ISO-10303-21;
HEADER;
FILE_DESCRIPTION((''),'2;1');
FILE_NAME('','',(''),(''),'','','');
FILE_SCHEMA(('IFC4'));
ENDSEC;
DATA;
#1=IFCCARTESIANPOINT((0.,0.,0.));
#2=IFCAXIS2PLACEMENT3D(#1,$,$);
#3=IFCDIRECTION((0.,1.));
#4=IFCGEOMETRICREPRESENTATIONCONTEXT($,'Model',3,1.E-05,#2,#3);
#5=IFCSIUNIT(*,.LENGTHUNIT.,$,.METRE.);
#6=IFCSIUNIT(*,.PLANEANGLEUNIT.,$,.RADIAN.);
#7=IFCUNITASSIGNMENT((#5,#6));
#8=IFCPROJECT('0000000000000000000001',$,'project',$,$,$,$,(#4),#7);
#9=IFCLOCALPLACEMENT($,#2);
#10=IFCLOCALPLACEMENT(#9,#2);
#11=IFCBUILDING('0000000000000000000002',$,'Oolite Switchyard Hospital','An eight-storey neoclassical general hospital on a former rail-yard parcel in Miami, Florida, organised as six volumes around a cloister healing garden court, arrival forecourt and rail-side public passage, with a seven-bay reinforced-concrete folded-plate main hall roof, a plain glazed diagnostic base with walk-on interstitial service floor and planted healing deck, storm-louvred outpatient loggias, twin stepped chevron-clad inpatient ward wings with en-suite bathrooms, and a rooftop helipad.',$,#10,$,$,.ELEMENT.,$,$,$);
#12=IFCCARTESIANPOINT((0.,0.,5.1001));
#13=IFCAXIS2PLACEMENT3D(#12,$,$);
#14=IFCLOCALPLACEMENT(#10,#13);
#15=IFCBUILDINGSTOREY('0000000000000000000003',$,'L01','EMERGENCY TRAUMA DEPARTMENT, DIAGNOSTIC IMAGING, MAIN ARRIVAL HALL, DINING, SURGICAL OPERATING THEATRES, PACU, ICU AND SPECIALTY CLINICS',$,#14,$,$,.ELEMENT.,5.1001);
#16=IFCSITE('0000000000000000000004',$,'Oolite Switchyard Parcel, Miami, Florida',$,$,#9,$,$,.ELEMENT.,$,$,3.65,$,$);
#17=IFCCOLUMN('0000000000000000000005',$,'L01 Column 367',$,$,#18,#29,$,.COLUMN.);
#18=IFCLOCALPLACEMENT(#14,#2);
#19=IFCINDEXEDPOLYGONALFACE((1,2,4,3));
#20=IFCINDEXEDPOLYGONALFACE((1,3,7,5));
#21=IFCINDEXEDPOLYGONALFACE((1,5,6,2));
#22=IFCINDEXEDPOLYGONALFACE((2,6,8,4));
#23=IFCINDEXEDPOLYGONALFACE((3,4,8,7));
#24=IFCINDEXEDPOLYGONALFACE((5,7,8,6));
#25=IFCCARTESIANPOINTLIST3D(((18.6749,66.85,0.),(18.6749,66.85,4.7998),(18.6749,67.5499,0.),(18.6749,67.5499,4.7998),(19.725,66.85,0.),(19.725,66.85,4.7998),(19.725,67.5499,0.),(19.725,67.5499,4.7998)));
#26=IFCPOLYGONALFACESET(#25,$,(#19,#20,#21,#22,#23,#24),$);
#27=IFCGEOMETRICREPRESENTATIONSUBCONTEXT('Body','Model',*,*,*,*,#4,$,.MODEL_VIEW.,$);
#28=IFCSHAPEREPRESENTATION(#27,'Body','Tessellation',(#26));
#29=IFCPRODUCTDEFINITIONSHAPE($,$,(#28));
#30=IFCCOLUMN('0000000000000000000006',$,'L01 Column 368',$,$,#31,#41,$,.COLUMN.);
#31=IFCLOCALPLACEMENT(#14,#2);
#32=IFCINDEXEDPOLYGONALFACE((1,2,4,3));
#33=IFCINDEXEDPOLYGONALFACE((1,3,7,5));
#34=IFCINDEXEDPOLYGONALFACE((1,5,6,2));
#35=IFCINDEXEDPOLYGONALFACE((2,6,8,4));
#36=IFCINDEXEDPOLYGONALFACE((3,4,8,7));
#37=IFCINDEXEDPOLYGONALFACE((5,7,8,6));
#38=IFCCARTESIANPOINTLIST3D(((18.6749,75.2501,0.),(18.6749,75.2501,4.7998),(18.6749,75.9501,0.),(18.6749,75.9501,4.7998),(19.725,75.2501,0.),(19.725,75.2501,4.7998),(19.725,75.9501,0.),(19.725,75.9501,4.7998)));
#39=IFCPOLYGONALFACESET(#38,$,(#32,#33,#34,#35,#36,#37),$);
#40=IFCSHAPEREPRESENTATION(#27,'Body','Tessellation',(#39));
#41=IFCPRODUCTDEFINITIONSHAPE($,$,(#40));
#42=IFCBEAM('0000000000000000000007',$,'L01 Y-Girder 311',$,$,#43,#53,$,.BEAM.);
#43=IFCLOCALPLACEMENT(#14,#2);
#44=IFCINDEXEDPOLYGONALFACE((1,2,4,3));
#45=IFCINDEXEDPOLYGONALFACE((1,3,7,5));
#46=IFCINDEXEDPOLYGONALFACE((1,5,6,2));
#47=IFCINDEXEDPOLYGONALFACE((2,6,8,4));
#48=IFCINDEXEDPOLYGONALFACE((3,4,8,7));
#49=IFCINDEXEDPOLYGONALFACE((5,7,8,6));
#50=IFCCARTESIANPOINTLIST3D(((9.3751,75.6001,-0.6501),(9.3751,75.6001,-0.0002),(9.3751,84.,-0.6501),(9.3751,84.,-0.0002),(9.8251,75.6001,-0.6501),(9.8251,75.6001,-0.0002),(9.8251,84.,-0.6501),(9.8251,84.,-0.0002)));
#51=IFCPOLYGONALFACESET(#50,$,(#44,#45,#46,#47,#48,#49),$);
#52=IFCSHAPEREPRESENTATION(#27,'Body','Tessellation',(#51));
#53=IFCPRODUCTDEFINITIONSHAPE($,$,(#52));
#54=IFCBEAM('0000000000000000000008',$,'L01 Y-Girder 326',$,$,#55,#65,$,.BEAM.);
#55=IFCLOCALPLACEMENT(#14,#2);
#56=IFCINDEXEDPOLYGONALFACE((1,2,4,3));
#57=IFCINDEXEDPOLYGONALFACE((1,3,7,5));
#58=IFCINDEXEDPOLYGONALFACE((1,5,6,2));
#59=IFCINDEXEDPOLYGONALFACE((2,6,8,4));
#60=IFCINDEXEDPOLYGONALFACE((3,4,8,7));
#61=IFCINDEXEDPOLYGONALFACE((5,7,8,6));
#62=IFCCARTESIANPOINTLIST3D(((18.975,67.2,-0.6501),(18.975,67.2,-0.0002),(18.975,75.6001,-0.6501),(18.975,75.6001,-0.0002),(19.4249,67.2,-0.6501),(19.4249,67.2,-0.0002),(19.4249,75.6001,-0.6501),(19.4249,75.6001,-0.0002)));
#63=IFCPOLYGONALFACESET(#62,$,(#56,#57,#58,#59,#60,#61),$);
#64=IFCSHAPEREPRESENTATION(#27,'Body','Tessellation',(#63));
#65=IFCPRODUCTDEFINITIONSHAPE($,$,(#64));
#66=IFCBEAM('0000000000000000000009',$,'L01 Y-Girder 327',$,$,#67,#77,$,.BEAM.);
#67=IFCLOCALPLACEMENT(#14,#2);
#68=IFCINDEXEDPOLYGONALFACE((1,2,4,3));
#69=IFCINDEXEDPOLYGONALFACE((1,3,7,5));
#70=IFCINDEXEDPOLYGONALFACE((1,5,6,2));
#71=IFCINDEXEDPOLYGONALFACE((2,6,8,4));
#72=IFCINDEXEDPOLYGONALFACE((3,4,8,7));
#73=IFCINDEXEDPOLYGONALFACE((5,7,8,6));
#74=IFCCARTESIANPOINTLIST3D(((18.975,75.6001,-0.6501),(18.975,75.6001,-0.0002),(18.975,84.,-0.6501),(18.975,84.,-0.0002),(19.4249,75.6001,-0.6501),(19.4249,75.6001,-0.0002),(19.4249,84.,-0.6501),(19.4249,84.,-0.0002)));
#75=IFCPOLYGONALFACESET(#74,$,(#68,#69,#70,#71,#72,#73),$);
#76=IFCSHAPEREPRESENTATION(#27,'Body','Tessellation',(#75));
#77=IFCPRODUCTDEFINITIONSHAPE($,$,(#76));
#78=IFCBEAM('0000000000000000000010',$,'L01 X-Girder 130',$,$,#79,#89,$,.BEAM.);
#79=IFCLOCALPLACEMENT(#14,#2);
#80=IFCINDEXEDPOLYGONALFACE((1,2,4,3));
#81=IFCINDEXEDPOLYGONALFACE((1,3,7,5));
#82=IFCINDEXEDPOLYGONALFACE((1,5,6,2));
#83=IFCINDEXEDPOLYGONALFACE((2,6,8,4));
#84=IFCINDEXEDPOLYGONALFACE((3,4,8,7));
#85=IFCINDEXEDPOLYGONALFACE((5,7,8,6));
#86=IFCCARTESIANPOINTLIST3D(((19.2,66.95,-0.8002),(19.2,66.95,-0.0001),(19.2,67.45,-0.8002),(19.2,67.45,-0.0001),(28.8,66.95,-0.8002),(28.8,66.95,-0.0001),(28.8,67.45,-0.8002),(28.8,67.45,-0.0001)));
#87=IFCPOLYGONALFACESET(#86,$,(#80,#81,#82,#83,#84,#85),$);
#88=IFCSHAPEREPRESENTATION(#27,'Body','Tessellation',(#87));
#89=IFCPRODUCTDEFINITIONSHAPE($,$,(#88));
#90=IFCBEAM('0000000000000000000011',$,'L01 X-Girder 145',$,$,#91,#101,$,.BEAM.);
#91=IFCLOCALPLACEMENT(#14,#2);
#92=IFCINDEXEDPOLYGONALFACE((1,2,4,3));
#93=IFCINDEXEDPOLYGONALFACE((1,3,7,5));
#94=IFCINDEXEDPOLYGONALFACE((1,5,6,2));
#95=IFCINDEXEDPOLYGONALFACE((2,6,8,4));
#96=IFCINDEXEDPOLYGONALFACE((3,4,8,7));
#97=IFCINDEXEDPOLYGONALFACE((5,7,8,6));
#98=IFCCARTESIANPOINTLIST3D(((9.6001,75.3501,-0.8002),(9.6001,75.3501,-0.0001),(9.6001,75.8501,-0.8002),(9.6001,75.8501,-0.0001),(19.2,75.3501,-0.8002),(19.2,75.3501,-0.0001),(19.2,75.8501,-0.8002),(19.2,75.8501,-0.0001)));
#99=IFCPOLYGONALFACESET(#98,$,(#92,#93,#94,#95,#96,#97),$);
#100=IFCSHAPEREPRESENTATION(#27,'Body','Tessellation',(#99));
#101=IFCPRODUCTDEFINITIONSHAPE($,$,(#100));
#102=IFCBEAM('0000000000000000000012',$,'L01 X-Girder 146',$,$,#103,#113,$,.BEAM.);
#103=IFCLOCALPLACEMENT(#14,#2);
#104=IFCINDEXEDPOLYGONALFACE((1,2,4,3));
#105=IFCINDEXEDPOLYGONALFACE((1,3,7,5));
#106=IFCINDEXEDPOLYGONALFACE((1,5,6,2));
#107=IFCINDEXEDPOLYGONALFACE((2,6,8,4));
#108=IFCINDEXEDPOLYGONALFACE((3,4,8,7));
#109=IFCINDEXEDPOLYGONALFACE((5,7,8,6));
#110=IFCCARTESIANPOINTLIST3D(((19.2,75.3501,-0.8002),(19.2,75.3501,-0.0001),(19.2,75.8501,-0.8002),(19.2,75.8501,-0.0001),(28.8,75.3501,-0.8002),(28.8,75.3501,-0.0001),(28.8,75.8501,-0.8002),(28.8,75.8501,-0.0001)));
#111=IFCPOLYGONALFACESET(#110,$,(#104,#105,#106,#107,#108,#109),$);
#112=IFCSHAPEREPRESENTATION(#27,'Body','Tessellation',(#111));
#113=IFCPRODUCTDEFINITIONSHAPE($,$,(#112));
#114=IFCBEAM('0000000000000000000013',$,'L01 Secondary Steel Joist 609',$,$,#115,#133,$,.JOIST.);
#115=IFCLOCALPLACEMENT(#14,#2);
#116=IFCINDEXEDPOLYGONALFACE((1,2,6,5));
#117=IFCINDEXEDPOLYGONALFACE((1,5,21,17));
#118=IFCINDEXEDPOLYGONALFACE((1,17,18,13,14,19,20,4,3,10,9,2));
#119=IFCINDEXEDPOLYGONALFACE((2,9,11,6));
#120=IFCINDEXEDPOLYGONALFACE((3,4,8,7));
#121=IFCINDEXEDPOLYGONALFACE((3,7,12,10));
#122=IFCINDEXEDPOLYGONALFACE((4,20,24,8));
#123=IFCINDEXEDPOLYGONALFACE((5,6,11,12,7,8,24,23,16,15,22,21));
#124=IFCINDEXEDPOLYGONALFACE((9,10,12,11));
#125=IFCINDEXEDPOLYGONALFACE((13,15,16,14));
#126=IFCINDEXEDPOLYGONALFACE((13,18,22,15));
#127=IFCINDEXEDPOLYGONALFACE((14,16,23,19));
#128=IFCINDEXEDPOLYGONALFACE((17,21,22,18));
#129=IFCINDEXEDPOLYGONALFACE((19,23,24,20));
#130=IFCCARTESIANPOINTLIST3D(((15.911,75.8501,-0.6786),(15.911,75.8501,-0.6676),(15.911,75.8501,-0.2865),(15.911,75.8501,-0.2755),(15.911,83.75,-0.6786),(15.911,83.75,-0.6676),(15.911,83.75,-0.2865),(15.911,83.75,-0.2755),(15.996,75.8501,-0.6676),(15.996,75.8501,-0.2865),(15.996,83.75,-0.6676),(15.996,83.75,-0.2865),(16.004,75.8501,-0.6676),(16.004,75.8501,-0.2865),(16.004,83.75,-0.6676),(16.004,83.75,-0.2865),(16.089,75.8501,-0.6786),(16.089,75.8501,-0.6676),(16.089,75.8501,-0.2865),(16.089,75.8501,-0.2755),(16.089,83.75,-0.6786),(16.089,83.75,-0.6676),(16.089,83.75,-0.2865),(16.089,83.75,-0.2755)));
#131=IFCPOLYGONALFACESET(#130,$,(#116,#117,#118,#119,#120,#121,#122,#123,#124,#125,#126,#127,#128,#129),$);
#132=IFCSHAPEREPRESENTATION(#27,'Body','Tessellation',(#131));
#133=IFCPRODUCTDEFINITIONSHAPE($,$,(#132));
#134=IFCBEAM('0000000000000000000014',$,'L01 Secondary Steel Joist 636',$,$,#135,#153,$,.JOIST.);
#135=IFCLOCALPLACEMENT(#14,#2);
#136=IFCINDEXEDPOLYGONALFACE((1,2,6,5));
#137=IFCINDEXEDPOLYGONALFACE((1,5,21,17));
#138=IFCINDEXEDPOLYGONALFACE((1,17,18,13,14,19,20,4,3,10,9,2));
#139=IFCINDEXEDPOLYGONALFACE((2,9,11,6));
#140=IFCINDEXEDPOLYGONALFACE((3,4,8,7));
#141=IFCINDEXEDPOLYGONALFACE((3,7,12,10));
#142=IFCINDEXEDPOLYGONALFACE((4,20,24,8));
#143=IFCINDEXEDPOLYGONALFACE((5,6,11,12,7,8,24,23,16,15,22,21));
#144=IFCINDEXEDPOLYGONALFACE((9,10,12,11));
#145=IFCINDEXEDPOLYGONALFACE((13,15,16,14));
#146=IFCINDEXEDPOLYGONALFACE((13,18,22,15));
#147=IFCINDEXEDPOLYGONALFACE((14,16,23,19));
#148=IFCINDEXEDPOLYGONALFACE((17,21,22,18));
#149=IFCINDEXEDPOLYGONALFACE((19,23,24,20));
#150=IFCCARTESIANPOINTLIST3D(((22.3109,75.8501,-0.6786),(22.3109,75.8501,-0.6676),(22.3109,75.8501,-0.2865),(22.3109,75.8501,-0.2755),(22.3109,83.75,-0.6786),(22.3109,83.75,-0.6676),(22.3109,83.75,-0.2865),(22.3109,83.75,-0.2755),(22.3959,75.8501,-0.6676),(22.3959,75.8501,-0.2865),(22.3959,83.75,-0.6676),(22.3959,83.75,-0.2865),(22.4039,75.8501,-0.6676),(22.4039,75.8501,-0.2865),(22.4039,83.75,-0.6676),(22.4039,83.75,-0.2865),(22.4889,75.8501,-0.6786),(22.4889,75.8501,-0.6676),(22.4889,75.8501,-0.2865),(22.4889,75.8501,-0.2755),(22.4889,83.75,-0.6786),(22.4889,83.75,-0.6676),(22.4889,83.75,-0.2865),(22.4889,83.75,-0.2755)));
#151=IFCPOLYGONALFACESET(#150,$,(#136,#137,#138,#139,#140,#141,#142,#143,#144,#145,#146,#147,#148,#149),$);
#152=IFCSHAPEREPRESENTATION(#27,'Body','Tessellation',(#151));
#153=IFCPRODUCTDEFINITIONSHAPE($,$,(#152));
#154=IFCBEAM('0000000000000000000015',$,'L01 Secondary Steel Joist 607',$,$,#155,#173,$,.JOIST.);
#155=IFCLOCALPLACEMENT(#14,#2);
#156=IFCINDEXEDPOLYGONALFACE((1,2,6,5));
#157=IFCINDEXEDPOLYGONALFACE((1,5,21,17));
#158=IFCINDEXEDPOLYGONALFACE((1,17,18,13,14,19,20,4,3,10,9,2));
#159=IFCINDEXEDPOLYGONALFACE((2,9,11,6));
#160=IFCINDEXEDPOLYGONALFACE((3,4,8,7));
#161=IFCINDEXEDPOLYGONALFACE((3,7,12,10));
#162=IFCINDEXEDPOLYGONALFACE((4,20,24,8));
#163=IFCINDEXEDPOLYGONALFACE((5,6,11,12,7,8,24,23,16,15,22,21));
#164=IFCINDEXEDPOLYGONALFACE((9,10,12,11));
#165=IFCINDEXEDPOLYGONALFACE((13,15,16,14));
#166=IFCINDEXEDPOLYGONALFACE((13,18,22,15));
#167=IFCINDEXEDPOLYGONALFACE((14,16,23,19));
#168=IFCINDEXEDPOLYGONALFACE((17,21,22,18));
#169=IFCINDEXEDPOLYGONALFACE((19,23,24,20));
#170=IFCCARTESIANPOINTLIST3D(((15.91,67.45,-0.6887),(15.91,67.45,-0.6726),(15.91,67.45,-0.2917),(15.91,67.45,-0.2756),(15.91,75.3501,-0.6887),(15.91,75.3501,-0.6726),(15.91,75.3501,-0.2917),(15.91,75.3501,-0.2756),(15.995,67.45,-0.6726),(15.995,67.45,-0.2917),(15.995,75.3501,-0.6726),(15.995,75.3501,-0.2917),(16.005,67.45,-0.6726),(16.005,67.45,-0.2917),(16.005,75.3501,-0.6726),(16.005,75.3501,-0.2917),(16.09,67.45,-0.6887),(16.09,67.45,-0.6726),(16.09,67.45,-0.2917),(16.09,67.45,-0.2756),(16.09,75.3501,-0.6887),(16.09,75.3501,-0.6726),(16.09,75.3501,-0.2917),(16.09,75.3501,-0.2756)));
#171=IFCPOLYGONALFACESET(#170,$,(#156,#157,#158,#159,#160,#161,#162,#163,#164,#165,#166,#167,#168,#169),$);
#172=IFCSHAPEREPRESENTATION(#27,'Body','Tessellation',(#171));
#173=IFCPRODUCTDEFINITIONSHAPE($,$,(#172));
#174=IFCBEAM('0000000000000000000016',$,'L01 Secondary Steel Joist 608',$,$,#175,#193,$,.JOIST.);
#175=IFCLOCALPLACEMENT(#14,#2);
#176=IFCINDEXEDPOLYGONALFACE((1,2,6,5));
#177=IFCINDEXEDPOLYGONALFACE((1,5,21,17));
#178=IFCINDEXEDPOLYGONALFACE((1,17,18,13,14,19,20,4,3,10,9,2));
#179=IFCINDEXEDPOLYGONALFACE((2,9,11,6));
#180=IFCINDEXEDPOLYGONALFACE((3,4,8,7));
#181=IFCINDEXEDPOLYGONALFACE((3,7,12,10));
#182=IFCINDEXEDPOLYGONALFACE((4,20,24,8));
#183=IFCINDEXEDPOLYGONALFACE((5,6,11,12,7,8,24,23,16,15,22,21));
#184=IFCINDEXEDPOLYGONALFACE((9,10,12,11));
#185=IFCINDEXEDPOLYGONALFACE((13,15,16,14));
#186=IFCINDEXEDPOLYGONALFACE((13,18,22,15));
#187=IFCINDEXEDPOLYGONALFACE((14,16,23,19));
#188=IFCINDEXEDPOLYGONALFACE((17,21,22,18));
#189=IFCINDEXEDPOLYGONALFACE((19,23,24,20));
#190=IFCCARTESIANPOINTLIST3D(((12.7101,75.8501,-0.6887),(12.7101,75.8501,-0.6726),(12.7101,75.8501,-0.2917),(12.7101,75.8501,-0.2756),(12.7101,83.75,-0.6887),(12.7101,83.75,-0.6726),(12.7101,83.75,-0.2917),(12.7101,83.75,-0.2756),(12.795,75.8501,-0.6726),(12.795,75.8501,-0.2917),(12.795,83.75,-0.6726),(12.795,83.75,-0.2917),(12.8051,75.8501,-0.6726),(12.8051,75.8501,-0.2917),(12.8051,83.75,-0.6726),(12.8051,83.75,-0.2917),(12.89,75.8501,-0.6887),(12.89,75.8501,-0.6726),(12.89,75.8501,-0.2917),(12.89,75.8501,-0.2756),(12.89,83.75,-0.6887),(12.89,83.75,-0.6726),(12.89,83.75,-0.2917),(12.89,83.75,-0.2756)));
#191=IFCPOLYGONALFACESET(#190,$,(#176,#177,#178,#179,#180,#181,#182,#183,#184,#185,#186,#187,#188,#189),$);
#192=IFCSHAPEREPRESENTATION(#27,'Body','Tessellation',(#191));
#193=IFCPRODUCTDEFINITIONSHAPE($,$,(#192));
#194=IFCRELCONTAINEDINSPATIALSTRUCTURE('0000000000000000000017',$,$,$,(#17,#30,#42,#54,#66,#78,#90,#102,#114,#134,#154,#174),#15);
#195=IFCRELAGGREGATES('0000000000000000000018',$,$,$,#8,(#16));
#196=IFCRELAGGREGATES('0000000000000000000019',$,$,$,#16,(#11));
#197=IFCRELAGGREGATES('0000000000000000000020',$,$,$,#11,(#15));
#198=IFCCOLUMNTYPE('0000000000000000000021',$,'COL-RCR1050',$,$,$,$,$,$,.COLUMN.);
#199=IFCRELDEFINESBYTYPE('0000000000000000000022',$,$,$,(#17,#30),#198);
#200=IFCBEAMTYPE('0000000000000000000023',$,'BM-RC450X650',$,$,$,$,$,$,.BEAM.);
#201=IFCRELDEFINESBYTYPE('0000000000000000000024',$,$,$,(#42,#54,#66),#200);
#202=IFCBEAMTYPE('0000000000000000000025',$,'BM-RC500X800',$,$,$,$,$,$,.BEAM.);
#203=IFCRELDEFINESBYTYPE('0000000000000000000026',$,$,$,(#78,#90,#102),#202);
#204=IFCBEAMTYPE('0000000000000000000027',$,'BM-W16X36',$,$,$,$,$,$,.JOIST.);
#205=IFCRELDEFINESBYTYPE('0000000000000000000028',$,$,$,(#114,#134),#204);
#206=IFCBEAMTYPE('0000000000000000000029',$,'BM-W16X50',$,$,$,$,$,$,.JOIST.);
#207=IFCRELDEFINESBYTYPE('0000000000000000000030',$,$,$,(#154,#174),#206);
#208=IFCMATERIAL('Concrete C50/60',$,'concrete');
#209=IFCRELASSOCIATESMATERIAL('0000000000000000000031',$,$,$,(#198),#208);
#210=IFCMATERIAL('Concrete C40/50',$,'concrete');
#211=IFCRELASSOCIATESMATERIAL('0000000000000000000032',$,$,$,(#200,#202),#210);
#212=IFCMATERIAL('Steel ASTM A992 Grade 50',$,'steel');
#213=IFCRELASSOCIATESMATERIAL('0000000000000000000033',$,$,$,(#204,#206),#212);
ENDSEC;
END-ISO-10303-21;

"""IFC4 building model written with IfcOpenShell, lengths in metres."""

from ifc_helpers import new_model, si_unit, direction, frame, origin, origin_2d, place, context, subcontext, project, spatial, rectangle, i_section, extrude, material, material_profile, profile_set, type_object, element, save


model = new_model("IFC4")

# Units and contexts
model_context = context("Model", 3, precision=1e-05, world=origin(), true_north=direction((0.0, 1.0)))
body_context = subcontext(model_context, "Body", "Model", "MODEL_VIEW")
ifc_project = project(units=[si_unit("LENGTHUNIT", "METRE"), si_unit("PLANEANGLEUNIT", "RADIAN")], contexts=[model_context])

# Site, building, storey
site_placement = place(None, origin())
site = spatial("IfcSite", under=ifc_project, at=site_placement, Name="Oolite Switchyard Parcel, Miami, Florida", CompositionType="ELEMENT", RefElevation=3.65)
building_placement = place(site_placement, origin())
building = spatial("IfcBuilding", under=site, at=building_placement, Name="Oolite Switchyard Hospital", Description="An eight-storey neoclassical general hospital on a former rail-yard parcel in Miami, Florida, organised as six volumes around a cloister healing garden court, arrival forecourt and rail-side public passage, with a seven-bay reinforced-concrete folded-plate main hall roof, a plain glazed diagnostic base with walk-on interstitial service floor and planted healing deck, storm-louvred outpatient loggias, twin stepped chevron-clad inpatient ward wings with en-suite bathrooms, and a rooftop helipad.", CompositionType="ELEMENT")
storey_placement = place(building_placement, frame((0.0, 0.0, 5.1001)))
storey = spatial("IfcBuildingStorey", under=building, at=storey_placement, Name="L01", Description="EMERGENCY TRAUMA DEPARTMENT, DIAGNOSTIC IMAGING, MAIN ARRIVAL HALL, DINING, SURGICAL OPERATING THEATRES, PACU, ICU AND SPECIALTY CLINICS", CompositionType="ELEMENT", Elevation=5.1001)

# Columns
ifc_material_1 = material(Name="Concrete C50/60", Category="concrete")
ifc_material_profile_1 = material_profile(ifc_material_1, rectangle(XDim=1.05, YDim=0.7, at=origin_2d()), Name="RC1050X700")
ifc_profile_set_1 = profile_set([ifc_material_profile_1], Name="Concrete C50/60")
column_type = type_object("IfcColumnType", Name="COL-RCR1050", PredefinedType="COLUMN", material=ifc_profile_set_1)
for number, where, z_axis, x_axis, name in (
    (1, (19.2, 67.2, 0.0), (0.0, 0.0, 1.0), (1.0, 0.0, 0.0), "L01 Column 367"),
    (2, (19.2, 75.6001, 0.0), (0.0, 0.0, 1.0), (1.0, 0.0, 0.0), "L01 Column 368"),
):
    element("IfcColumn", number, at=place(storey_placement, frame(where, z_axis=z_axis, x_axis=x_axis)), inside=storey, type_object=column_type, Name=name, PredefinedType="COLUMN", context=body_context, shape_type="SweptSolid", body=[
        extrude(rectangle(XDim=1.05, YDim=0.7, at=origin_2d()), origin(), (0.0, 0.0, 1.0), 4.7998),
    ])

# Beams
ifc_material_2 = material(Name="Concrete C40/50", Category="concrete")
ifc_material_profile_2 = material_profile(ifc_material_2, rectangle(XDim=0.45, YDim=0.6499, at=origin_2d()), Name="RCB450X650")
ifc_profile_set_2 = profile_set([ifc_material_profile_2], Name="Concrete C40/50")
beam_type_1 = type_object("IfcBeamType", Name="BM-RC450X650", PredefinedType="BEAM", material=ifc_profile_set_2)
beam_1_placement = place(storey_placement, frame((9.6001, 75.6001, -0.3252), z_axis=(0.0, 1.0, 0.0), x_axis=(-1.0, 0.0, 0.0)))
element("IfcBeam", 3, at=beam_1_placement, inside=storey, type_object=beam_type_1, Name="L01 Y-Girder 311", PredefinedType="BEAM", context=body_context, shape_type="SweptSolid", body=[
    extrude(rectangle(XDim=0.45, YDim=0.6499, at=origin_2d()), origin(), (0.0, 0.0, 1.0), 8.3999),
])
beam_2_placement = place(storey_placement, frame((19.2, 67.2, -0.3252), z_axis=(0.0, 1.0, 0.0), x_axis=(-1.0, 0.0, 0.0)))
element("IfcBeam", 4, at=beam_2_placement, inside=storey, type_object=beam_type_1, Name="L01 Y-Girder 326", PredefinedType="BEAM", context=body_context, shape_type="SweptSolid", body=[
    extrude(rectangle(XDim=0.45, YDim=0.6499, at=origin_2d()), origin(), (0.0, 0.0, 1.0), 8.4001),
])
beam_3_placement = place(storey_placement, frame((19.2, 75.6001, -0.3252), z_axis=(0.0, 1.0, 0.0), x_axis=(-1.0, 0.0, 0.0)))
element("IfcBeam", 5, at=beam_3_placement, inside=storey, type_object=beam_type_1, Name="L01 Y-Girder 327", PredefinedType="BEAM", context=body_context, shape_type="SweptSolid", body=[
    extrude(rectangle(XDim=0.45, YDim=0.6499, at=origin_2d()), origin(), (0.0, 0.0, 1.0), 8.3999),
])
ifc_material_profile_3 = material_profile(ifc_material_2, rectangle(XDim=0.5, YDim=0.8, at=origin_2d()), Name="RCB500X800")
ifc_profile_set_3 = profile_set([ifc_material_profile_3], Name="Concrete C40/50")
beam_type_2 = type_object("IfcBeamType", Name="BM-RC500X800", PredefinedType="BEAM", material=ifc_profile_set_3)
beam_4_placement = place(storey_placement, frame((19.2, 67.2, -0.4001), z_axis=(1.0, 0.0, 0.0), x_axis=(0.0, 1.0, 0.0)))
element("IfcBeam", 6, at=beam_4_placement, inside=storey, type_object=beam_type_2, Name="L01 X-Girder 130", PredefinedType="BEAM", context=body_context, shape_type="SweptSolid", body=[
    extrude(rectangle(XDim=0.5, YDim=0.8, at=origin_2d()), origin(), (0.0, 0.0, 1.0), 9.6001),
])
beam_5_placement = place(storey_placement, frame((9.6001, 75.6001, -0.4001), z_axis=(1.0, 0.0, 0.0), x_axis=(0.0, 1.0, 0.0)))
element("IfcBeam", 7, at=beam_5_placement, inside=storey, type_object=beam_type_2, Name="L01 X-Girder 145", PredefinedType="BEAM", context=body_context, shape_type="SweptSolid", body=[
    extrude(rectangle(XDim=0.5, YDim=0.8, at=origin_2d()), origin(), (0.0, 0.0, 1.0), 9.5999),
])
beam_6_placement = place(storey_placement, frame((19.2, 75.6001, -0.4001), z_axis=(1.0, 0.0, 0.0), x_axis=(0.0, 1.0, 0.0)))
element("IfcBeam", 8, at=beam_6_placement, inside=storey, type_object=beam_type_2, Name="L01 X-Girder 146", PredefinedType="BEAM", context=body_context, shape_type="SweptSolid", body=[
    extrude(rectangle(XDim=0.5, YDim=0.8, at=origin_2d()), origin(), (0.0, 0.0, 1.0), 9.6001),
])
ifc_material_3 = material(Name="Steel ASTM A992 Grade 50", Category="steel")
ifc_material_profile_4 = material_profile(ifc_material_3, i_section(OverallWidth=0.178, OverallDepth=0.4031, WebThickness=0.0081, FlangeThickness=0.011, at=origin_2d()), Name="W16X36")
ifc_profile_set_4 = profile_set([ifc_material_profile_4], Name="Steel ASTM A992 Grade 50")
beam_type_3 = type_object("IfcBeamType", Name="BM-W16X36", PredefinedType="JOIST", material=ifc_profile_set_4)
for number, where, z_axis, x_axis, name in (
    (9, (16.0, 75.8501, -0.4771), (0.0, 1.0, 0.0), (-1.0, 0.0, 0.0), "L01 Secondary Steel Joist 609"),
    (10, (22.3999, 75.8501, -0.4771), (0.0, 1.0, 0.0), (-1.0, 0.0, 0.0), "L01 Secondary Steel Joist 636"),
):
    element("IfcBeam", number, at=place(storey_placement, frame(where, z_axis=z_axis, x_axis=x_axis)), inside=storey, type_object=beam_type_3, Name=name, PredefinedType="JOIST", context=body_context, shape_type="SweptSolid", body=[
        extrude(i_section(OverallWidth=0.178, OverallDepth=0.4031, WebThickness=0.0081, FlangeThickness=0.011, at=origin_2d()), origin(), (0.0, 0.0, 1.0), 7.8999),
    ])
ifc_material_profile_5 = material_profile(ifc_material_3, i_section(OverallWidth=0.1799, OverallDepth=0.4131, WebThickness=0.01, FlangeThickness=0.0161, at=origin_2d()), Name="W16X50")
ifc_profile_set_5 = profile_set([ifc_material_profile_5], Name="Steel ASTM A992 Grade 50")
beam_type_4 = type_object("IfcBeamType", Name="BM-W16X50", PredefinedType="JOIST", material=ifc_profile_set_5)
beam_7_placement = place(storey_placement, frame((16.0, 67.45, -0.4822), z_axis=(0.0, 1.0, 0.0), x_axis=(-1.0, 0.0, 0.0)))
element("IfcBeam", 11, at=beam_7_placement, inside=storey, type_object=beam_type_4, Name="L01 Secondary Steel Joist 607", PredefinedType="JOIST", context=body_context, shape_type="SweptSolid", body=[
    extrude(i_section(OverallWidth=0.1799, OverallDepth=0.4131, WebThickness=0.01, FlangeThickness=0.0161, at=origin_2d()), origin(), (0.0, 0.0, 1.0), 7.9001),
])
beam_8_placement = place(storey_placement, frame((12.8, 75.8501, -0.4822), z_axis=(0.0, 1.0, 0.0), x_axis=(-1.0, 0.0, 0.0)))
element("IfcBeam", 12, at=beam_8_placement, inside=storey, type_object=beam_type_4, Name="L01 Secondary Steel Joist 608", PredefinedType="JOIST", context=body_context, shape_type="SweptSolid", body=[
    extrude(i_section(OverallWidth=0.1799, OverallDepth=0.4131, WebThickness=0.01, FlangeThickness=0.0161, at=origin_2d()), origin(), (0.0, 0.0, 1.0), 7.8999),
])

save(model, "model.ifc")
